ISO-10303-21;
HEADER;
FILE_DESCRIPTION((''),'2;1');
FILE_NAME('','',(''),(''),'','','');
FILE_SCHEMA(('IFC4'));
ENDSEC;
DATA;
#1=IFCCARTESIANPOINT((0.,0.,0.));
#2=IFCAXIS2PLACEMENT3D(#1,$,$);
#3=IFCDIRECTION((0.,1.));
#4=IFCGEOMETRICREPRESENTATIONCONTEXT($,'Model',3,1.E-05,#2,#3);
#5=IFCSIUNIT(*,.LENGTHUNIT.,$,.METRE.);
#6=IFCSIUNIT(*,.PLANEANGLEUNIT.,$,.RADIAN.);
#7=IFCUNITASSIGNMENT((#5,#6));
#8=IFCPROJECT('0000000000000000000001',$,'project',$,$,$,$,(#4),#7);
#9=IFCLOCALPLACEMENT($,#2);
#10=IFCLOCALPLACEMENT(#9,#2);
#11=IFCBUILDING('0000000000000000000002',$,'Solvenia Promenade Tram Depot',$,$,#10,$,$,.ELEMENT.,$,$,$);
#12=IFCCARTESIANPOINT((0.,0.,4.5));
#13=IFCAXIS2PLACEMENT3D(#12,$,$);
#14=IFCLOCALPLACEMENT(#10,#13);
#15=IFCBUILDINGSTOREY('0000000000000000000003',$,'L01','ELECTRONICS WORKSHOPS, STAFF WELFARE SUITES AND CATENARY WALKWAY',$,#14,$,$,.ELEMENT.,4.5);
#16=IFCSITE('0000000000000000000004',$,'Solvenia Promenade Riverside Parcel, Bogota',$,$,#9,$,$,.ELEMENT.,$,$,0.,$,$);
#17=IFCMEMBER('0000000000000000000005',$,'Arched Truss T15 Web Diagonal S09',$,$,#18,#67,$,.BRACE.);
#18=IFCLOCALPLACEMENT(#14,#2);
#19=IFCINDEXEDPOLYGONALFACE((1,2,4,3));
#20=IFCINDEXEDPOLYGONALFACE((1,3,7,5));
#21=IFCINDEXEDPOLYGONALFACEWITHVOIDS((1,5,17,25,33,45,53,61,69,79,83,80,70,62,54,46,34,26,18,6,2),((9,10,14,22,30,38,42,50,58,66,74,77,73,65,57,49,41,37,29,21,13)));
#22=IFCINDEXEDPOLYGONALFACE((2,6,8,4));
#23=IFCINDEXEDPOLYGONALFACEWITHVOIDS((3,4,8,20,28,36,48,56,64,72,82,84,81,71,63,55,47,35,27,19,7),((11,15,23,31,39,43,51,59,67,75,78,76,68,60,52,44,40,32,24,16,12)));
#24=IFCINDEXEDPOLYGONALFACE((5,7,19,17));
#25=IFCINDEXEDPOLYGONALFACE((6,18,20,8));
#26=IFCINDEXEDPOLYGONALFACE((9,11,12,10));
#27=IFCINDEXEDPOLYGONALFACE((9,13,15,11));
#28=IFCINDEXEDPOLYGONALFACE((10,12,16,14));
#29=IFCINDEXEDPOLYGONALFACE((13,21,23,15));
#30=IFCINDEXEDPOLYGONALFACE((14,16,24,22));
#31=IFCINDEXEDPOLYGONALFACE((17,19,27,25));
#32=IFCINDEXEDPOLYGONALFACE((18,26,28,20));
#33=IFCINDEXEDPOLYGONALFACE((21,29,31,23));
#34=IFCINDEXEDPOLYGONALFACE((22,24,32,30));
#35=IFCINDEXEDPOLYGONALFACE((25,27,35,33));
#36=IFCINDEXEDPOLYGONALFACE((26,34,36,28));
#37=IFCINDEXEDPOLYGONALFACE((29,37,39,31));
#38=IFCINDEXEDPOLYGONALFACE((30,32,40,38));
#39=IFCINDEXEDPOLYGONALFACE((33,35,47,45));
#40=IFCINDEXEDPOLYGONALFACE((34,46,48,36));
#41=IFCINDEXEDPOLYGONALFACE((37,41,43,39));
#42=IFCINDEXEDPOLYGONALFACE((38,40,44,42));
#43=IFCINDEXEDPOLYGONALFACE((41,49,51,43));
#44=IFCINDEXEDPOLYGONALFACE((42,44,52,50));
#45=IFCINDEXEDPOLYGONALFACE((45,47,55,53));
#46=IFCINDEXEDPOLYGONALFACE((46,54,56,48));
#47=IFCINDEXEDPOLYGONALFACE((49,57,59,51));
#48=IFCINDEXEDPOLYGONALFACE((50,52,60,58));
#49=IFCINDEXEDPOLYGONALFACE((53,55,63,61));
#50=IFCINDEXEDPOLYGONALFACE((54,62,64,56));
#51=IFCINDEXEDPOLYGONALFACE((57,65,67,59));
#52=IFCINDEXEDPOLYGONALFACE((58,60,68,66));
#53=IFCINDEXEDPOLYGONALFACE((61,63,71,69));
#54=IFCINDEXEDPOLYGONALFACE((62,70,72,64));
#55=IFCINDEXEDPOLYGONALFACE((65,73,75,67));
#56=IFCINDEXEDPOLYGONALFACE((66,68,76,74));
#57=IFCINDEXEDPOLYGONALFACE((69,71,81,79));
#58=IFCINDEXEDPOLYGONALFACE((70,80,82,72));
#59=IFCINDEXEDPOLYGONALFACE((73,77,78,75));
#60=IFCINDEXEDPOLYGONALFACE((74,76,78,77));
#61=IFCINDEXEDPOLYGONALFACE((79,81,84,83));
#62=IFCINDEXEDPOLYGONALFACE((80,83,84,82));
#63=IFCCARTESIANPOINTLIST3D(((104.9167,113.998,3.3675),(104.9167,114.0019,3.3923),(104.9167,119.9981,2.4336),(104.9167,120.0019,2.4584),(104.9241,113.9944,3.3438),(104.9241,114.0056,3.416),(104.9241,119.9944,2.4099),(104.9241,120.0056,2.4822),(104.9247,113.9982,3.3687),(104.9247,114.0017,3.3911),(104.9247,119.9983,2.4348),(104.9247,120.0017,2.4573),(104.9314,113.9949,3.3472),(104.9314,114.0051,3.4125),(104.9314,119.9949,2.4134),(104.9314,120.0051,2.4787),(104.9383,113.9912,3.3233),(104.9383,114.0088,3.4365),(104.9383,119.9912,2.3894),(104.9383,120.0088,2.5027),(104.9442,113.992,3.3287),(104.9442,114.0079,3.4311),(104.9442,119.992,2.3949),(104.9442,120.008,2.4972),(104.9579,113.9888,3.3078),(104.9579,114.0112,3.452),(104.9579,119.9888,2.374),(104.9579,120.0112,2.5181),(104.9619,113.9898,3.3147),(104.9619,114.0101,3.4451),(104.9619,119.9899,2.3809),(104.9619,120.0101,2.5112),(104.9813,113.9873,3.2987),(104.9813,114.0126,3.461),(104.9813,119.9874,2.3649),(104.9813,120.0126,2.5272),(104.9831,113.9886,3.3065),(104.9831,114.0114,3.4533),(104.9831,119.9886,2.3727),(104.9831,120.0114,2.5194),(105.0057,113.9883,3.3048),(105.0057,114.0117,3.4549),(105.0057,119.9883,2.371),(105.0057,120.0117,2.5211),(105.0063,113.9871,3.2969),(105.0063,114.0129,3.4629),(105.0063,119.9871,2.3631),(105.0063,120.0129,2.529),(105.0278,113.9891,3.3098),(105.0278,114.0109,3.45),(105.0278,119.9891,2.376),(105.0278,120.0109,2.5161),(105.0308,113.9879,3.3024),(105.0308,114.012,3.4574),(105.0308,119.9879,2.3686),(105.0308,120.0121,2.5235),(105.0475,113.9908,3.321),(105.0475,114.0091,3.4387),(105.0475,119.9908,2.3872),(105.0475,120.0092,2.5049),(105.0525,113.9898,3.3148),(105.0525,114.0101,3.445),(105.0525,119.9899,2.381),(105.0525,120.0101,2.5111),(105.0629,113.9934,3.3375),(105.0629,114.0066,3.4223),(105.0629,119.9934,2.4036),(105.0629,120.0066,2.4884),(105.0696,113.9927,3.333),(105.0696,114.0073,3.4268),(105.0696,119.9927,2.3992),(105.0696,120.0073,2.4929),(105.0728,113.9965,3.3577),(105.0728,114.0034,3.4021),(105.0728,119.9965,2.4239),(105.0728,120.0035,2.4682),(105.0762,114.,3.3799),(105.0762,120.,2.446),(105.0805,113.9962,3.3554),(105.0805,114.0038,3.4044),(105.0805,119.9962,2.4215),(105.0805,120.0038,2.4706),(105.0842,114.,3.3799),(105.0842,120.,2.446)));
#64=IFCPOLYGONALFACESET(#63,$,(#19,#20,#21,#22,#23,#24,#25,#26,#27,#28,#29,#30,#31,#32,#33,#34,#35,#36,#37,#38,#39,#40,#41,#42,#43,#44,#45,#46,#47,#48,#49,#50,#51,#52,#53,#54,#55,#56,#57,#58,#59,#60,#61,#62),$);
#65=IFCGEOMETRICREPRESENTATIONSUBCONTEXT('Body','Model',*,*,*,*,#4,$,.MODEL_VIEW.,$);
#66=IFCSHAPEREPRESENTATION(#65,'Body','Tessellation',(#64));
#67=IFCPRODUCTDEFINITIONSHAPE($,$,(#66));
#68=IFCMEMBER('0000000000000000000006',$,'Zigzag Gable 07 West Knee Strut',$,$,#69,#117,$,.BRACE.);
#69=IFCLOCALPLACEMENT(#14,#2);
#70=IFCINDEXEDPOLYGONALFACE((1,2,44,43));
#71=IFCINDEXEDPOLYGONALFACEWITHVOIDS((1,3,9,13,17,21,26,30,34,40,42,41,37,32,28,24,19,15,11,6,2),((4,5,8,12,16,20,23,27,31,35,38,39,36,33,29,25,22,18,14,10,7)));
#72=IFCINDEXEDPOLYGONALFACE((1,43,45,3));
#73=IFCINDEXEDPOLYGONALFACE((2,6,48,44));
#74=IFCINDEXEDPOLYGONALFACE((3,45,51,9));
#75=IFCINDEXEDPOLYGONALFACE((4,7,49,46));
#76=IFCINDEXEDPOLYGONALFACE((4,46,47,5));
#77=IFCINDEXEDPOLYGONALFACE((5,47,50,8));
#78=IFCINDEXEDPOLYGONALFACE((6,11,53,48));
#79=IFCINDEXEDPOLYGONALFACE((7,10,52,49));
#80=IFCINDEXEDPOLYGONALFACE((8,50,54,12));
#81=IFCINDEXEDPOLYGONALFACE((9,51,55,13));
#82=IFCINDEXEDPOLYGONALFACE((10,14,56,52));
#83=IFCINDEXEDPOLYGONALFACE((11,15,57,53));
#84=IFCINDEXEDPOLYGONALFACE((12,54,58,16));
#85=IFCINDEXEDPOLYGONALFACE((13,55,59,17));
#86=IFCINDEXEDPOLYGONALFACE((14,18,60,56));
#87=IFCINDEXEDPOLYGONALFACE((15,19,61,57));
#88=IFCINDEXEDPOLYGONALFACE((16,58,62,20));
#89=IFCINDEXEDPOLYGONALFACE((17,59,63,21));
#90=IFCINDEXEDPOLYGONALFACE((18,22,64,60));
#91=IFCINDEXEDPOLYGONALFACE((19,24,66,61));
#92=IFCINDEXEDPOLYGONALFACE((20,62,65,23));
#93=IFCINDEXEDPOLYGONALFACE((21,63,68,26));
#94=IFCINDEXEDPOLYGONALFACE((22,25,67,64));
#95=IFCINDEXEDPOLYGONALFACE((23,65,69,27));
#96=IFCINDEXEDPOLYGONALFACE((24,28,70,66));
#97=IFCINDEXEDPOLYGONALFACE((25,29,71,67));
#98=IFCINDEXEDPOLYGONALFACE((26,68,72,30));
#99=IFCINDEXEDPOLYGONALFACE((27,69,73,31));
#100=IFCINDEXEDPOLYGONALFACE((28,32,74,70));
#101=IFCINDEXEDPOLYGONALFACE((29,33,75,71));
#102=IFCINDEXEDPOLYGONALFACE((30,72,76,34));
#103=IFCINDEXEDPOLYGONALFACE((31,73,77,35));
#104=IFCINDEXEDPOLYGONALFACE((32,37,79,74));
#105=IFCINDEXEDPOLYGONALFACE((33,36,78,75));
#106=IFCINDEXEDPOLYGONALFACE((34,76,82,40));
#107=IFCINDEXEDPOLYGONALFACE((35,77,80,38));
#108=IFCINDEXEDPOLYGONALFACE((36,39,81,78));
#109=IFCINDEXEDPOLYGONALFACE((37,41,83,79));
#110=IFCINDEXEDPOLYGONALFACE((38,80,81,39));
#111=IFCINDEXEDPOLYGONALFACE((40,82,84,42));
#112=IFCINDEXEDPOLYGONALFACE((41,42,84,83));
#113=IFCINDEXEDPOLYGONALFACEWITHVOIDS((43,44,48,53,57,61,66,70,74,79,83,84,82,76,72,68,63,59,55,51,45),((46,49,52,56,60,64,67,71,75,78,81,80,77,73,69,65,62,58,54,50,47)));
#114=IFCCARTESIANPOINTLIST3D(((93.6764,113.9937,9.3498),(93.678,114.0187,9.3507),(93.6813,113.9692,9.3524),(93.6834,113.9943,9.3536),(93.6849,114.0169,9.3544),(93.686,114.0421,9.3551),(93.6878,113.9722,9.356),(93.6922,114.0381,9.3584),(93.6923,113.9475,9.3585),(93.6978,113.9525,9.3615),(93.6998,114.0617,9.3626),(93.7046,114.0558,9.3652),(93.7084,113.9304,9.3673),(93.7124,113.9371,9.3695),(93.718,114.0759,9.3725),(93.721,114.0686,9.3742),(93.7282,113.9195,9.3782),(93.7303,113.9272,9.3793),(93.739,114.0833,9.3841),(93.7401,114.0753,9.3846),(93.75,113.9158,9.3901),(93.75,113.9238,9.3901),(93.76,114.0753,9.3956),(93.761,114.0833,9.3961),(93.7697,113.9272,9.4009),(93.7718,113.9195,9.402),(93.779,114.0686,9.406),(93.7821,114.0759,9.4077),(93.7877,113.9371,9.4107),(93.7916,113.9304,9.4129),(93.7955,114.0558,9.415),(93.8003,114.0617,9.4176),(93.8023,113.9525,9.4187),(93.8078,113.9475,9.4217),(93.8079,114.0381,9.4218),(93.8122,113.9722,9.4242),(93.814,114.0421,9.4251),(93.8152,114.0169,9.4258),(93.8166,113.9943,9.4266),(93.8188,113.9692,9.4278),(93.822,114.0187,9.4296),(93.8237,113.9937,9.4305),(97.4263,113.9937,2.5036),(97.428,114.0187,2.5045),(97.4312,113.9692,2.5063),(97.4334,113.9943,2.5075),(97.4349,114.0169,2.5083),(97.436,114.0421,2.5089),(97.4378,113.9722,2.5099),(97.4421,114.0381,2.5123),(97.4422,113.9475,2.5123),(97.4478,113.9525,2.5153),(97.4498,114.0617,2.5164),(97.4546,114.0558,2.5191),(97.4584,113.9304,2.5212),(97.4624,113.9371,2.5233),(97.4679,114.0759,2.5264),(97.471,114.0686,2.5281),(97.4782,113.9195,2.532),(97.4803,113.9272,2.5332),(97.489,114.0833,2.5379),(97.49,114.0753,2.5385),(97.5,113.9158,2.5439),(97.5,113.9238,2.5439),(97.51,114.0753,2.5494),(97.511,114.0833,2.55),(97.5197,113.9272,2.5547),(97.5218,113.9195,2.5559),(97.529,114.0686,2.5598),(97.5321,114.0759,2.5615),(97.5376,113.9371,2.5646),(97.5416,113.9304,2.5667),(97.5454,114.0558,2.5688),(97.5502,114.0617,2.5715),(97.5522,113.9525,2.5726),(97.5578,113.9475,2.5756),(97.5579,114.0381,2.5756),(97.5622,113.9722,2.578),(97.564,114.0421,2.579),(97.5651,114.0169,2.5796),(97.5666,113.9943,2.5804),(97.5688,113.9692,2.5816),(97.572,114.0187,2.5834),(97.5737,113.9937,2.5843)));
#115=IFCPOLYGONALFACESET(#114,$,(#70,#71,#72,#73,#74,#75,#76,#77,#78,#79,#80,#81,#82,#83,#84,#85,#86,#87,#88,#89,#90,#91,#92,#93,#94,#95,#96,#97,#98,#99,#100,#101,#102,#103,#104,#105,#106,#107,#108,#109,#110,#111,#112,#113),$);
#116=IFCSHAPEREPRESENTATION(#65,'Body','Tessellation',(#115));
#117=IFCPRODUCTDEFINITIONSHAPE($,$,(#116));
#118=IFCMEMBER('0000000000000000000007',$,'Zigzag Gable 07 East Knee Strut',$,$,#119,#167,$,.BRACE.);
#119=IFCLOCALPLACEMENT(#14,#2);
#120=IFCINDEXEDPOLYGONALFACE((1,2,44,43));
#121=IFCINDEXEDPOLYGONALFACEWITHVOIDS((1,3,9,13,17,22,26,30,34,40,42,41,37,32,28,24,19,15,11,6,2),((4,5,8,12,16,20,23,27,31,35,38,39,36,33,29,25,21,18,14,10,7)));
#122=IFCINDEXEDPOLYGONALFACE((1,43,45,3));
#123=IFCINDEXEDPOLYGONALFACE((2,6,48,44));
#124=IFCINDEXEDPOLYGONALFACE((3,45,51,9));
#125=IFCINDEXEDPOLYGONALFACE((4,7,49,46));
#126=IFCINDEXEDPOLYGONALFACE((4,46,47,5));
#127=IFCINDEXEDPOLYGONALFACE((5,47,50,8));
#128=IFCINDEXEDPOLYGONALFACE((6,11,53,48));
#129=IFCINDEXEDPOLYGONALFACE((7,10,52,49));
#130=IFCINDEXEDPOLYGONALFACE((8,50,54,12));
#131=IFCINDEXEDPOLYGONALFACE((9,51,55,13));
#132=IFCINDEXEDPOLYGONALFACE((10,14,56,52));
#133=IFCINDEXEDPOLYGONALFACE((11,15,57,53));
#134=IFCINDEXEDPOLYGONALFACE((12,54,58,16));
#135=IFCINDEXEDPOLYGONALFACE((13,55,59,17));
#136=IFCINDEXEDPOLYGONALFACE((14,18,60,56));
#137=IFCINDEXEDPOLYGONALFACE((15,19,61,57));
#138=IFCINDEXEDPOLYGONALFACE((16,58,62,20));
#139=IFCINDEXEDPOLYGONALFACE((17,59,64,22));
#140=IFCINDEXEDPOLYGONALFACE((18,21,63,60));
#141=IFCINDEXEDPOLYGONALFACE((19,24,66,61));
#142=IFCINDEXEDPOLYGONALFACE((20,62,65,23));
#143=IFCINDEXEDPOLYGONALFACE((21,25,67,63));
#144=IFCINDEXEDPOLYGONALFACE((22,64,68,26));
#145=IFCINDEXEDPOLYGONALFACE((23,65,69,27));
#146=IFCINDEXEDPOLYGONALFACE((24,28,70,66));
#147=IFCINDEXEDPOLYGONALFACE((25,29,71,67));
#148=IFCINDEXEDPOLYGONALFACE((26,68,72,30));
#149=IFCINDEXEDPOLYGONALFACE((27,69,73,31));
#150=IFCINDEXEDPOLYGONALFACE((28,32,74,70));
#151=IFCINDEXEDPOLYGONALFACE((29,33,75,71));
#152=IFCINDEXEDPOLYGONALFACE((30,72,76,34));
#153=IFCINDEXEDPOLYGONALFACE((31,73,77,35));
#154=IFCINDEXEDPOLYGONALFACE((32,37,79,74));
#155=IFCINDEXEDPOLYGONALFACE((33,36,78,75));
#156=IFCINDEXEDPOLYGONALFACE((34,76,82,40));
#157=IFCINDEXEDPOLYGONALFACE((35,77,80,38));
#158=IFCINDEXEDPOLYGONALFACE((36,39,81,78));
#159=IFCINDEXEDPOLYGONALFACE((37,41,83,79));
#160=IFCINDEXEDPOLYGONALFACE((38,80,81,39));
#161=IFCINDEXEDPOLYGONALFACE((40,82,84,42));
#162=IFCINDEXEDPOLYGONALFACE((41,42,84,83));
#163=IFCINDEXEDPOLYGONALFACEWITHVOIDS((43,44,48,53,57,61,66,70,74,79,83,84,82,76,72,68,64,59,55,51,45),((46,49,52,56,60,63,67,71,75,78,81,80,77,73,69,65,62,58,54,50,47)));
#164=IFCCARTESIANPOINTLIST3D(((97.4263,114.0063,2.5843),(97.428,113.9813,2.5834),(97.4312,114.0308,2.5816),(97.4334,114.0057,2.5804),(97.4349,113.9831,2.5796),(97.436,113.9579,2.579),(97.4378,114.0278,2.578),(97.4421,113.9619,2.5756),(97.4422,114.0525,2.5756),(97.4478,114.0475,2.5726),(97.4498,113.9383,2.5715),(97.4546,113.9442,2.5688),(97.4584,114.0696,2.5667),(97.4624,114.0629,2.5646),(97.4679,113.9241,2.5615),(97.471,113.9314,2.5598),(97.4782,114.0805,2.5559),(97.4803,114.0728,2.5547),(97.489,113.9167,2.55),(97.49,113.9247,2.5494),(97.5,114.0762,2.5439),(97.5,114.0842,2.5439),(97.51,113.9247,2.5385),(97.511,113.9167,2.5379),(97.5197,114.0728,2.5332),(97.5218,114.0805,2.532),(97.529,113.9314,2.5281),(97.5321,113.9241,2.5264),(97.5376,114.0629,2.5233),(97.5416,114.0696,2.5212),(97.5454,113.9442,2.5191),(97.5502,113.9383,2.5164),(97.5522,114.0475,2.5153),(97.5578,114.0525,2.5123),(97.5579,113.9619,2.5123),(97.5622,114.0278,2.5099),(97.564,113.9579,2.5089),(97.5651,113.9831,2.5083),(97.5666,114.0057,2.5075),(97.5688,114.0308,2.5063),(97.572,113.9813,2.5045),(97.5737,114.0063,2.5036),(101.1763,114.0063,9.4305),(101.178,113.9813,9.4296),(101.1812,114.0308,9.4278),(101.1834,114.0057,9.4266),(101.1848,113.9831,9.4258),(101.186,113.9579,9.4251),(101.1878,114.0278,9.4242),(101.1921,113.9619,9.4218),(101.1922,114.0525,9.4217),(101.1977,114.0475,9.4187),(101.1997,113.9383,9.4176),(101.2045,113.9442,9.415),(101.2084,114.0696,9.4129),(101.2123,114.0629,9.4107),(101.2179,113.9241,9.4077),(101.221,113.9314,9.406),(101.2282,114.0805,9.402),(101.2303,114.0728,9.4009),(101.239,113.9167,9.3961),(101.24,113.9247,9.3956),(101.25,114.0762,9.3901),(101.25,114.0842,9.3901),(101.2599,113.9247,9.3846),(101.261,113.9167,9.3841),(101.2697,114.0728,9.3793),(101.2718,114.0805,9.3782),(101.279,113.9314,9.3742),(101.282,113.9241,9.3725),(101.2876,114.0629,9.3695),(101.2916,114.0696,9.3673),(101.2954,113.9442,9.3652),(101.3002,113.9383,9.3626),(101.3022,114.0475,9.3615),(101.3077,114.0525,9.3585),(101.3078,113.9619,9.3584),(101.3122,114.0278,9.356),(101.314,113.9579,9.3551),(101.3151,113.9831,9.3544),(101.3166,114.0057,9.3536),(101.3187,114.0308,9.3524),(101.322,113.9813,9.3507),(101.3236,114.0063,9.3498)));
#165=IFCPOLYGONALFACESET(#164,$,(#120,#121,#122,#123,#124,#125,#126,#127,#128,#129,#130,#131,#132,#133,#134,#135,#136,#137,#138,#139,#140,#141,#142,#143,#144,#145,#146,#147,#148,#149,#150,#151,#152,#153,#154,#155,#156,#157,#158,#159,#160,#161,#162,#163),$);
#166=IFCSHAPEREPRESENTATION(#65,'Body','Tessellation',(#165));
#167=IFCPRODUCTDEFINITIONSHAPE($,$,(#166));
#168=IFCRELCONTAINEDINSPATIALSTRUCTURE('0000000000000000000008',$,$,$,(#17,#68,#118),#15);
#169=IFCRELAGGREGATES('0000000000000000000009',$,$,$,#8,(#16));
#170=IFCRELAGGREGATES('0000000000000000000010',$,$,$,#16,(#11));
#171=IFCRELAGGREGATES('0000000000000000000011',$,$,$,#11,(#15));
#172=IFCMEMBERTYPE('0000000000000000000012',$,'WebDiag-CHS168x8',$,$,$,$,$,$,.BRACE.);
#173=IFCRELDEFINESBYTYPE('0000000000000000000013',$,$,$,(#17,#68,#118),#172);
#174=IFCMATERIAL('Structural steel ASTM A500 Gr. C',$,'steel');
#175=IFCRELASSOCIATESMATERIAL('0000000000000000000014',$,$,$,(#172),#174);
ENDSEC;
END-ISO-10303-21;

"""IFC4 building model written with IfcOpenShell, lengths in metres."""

from ifc_helpers import new_model, si_unit, direction, frame, origin, origin_2d, place, context, subcontext, project, spatial, hollow_circle, extrude, material, material_profile, profile_set, type_object, element, save


model = new_model("IFC4")

# Units and contexts
model_context = context("Model", 3, precision=1e-05, world=origin(), true_north=direction((0.0, 1.0)))
body_context = subcontext(model_context, "Body", "Model", "MODEL_VIEW")
ifc_project = project(units=[si_unit("LENGTHUNIT", "METRE"), si_unit("PLANEANGLEUNIT", "RADIAN")], contexts=[model_context])

# Site, building, storey
site_placement = place(None, origin())
site = spatial("IfcSite", under=ifc_project, at=site_placement, Name="Solvenia Promenade Riverside Parcel, Bogota", CompositionType="ELEMENT", RefElevation=0.0)
building_placement = place(site_placement, origin())
building = spatial("IfcBuilding", under=site, at=building_placement, Name="Solvenia Promenade Tram Depot", CompositionType="ELEMENT")
storey_placement = place(building_placement, frame((0.0, 0.0, 4.5)))
storey = spatial("IfcBuildingStorey", under=building, at=storey_placement, Name="L01", Description="ELECTRONICS WORKSHOPS, STAFF WELFARE SUITES AND CATENARY WALKWAY", CompositionType="ELEMENT", Elevation=4.5)

# Shared definitions
ifc_material_1 = material(Name="Structural steel ASTM A500 Gr. C", Category="steel")

# Members
ifc_material_profile_1 = material_profile(ifc_material_1, hollow_circle(Radius=0.0842, WallThickness=0.0081, at=origin_2d()), Name="CHS168.3x8", Category="steel")
ifc_profile_set_1 = profile_set([ifc_material_profile_1], Name="Structural steel ASTM A500 Gr. C")
member_type_1 = type_object("IfcMemberType", Name="WebDiag-CHS168x8", PredefinedType="BRACE", material=ifc_profile_set_1)
member_1_placement = place(storey_placement, frame((105.0, 120.0, 2.446), z_axis=(0.0, -0.988104, 0.153788), x_axis=(1.0, 0.0, 0.0)))
element("IfcMember", 1, at=member_1_placement, inside=storey, type_object=member_type_1, Name="Arched Truss T15 Web Diagonal S09", PredefinedType="BRACE", context=body_context, shape_type="SweptSolid", body=[
    extrude(hollow_circle(Radius=0.0842, WallThickness=0.0081, at=origin_2d()), origin(), (0.0, 0.0, 1.0), 6.0723),
])
for number, where, z_axis, x_axis, name in (
    (2, (97.5, 114.0, 2.5439), (-0.480403, 0.0, 0.877048), (0.0, -1.0, 0.0), "Zigzag Gable 07 West Knee Strut"),
    (3, (97.5, 114.0, 2.5439), (0.480403, 0.0, 0.877048), (0.0, 1.0, 0.0), "Zigzag Gable 07 East Knee Strut"),
):
    element("IfcMember", number, at=place(storey_placement, frame(where, z_axis=z_axis, x_axis=x_axis)), inside=storey, type_object=member_type_1, Name=name, PredefinedType="BRACE", context=body_context, shape_type="SweptSolid", body=[
        extrude(hollow_circle(Radius=0.0842, WallThickness=0.0081, at=origin_2d()), origin(), (0.0, 0.0, 1.0), 7.8059),
    ])

save(model, "model.ifc")
